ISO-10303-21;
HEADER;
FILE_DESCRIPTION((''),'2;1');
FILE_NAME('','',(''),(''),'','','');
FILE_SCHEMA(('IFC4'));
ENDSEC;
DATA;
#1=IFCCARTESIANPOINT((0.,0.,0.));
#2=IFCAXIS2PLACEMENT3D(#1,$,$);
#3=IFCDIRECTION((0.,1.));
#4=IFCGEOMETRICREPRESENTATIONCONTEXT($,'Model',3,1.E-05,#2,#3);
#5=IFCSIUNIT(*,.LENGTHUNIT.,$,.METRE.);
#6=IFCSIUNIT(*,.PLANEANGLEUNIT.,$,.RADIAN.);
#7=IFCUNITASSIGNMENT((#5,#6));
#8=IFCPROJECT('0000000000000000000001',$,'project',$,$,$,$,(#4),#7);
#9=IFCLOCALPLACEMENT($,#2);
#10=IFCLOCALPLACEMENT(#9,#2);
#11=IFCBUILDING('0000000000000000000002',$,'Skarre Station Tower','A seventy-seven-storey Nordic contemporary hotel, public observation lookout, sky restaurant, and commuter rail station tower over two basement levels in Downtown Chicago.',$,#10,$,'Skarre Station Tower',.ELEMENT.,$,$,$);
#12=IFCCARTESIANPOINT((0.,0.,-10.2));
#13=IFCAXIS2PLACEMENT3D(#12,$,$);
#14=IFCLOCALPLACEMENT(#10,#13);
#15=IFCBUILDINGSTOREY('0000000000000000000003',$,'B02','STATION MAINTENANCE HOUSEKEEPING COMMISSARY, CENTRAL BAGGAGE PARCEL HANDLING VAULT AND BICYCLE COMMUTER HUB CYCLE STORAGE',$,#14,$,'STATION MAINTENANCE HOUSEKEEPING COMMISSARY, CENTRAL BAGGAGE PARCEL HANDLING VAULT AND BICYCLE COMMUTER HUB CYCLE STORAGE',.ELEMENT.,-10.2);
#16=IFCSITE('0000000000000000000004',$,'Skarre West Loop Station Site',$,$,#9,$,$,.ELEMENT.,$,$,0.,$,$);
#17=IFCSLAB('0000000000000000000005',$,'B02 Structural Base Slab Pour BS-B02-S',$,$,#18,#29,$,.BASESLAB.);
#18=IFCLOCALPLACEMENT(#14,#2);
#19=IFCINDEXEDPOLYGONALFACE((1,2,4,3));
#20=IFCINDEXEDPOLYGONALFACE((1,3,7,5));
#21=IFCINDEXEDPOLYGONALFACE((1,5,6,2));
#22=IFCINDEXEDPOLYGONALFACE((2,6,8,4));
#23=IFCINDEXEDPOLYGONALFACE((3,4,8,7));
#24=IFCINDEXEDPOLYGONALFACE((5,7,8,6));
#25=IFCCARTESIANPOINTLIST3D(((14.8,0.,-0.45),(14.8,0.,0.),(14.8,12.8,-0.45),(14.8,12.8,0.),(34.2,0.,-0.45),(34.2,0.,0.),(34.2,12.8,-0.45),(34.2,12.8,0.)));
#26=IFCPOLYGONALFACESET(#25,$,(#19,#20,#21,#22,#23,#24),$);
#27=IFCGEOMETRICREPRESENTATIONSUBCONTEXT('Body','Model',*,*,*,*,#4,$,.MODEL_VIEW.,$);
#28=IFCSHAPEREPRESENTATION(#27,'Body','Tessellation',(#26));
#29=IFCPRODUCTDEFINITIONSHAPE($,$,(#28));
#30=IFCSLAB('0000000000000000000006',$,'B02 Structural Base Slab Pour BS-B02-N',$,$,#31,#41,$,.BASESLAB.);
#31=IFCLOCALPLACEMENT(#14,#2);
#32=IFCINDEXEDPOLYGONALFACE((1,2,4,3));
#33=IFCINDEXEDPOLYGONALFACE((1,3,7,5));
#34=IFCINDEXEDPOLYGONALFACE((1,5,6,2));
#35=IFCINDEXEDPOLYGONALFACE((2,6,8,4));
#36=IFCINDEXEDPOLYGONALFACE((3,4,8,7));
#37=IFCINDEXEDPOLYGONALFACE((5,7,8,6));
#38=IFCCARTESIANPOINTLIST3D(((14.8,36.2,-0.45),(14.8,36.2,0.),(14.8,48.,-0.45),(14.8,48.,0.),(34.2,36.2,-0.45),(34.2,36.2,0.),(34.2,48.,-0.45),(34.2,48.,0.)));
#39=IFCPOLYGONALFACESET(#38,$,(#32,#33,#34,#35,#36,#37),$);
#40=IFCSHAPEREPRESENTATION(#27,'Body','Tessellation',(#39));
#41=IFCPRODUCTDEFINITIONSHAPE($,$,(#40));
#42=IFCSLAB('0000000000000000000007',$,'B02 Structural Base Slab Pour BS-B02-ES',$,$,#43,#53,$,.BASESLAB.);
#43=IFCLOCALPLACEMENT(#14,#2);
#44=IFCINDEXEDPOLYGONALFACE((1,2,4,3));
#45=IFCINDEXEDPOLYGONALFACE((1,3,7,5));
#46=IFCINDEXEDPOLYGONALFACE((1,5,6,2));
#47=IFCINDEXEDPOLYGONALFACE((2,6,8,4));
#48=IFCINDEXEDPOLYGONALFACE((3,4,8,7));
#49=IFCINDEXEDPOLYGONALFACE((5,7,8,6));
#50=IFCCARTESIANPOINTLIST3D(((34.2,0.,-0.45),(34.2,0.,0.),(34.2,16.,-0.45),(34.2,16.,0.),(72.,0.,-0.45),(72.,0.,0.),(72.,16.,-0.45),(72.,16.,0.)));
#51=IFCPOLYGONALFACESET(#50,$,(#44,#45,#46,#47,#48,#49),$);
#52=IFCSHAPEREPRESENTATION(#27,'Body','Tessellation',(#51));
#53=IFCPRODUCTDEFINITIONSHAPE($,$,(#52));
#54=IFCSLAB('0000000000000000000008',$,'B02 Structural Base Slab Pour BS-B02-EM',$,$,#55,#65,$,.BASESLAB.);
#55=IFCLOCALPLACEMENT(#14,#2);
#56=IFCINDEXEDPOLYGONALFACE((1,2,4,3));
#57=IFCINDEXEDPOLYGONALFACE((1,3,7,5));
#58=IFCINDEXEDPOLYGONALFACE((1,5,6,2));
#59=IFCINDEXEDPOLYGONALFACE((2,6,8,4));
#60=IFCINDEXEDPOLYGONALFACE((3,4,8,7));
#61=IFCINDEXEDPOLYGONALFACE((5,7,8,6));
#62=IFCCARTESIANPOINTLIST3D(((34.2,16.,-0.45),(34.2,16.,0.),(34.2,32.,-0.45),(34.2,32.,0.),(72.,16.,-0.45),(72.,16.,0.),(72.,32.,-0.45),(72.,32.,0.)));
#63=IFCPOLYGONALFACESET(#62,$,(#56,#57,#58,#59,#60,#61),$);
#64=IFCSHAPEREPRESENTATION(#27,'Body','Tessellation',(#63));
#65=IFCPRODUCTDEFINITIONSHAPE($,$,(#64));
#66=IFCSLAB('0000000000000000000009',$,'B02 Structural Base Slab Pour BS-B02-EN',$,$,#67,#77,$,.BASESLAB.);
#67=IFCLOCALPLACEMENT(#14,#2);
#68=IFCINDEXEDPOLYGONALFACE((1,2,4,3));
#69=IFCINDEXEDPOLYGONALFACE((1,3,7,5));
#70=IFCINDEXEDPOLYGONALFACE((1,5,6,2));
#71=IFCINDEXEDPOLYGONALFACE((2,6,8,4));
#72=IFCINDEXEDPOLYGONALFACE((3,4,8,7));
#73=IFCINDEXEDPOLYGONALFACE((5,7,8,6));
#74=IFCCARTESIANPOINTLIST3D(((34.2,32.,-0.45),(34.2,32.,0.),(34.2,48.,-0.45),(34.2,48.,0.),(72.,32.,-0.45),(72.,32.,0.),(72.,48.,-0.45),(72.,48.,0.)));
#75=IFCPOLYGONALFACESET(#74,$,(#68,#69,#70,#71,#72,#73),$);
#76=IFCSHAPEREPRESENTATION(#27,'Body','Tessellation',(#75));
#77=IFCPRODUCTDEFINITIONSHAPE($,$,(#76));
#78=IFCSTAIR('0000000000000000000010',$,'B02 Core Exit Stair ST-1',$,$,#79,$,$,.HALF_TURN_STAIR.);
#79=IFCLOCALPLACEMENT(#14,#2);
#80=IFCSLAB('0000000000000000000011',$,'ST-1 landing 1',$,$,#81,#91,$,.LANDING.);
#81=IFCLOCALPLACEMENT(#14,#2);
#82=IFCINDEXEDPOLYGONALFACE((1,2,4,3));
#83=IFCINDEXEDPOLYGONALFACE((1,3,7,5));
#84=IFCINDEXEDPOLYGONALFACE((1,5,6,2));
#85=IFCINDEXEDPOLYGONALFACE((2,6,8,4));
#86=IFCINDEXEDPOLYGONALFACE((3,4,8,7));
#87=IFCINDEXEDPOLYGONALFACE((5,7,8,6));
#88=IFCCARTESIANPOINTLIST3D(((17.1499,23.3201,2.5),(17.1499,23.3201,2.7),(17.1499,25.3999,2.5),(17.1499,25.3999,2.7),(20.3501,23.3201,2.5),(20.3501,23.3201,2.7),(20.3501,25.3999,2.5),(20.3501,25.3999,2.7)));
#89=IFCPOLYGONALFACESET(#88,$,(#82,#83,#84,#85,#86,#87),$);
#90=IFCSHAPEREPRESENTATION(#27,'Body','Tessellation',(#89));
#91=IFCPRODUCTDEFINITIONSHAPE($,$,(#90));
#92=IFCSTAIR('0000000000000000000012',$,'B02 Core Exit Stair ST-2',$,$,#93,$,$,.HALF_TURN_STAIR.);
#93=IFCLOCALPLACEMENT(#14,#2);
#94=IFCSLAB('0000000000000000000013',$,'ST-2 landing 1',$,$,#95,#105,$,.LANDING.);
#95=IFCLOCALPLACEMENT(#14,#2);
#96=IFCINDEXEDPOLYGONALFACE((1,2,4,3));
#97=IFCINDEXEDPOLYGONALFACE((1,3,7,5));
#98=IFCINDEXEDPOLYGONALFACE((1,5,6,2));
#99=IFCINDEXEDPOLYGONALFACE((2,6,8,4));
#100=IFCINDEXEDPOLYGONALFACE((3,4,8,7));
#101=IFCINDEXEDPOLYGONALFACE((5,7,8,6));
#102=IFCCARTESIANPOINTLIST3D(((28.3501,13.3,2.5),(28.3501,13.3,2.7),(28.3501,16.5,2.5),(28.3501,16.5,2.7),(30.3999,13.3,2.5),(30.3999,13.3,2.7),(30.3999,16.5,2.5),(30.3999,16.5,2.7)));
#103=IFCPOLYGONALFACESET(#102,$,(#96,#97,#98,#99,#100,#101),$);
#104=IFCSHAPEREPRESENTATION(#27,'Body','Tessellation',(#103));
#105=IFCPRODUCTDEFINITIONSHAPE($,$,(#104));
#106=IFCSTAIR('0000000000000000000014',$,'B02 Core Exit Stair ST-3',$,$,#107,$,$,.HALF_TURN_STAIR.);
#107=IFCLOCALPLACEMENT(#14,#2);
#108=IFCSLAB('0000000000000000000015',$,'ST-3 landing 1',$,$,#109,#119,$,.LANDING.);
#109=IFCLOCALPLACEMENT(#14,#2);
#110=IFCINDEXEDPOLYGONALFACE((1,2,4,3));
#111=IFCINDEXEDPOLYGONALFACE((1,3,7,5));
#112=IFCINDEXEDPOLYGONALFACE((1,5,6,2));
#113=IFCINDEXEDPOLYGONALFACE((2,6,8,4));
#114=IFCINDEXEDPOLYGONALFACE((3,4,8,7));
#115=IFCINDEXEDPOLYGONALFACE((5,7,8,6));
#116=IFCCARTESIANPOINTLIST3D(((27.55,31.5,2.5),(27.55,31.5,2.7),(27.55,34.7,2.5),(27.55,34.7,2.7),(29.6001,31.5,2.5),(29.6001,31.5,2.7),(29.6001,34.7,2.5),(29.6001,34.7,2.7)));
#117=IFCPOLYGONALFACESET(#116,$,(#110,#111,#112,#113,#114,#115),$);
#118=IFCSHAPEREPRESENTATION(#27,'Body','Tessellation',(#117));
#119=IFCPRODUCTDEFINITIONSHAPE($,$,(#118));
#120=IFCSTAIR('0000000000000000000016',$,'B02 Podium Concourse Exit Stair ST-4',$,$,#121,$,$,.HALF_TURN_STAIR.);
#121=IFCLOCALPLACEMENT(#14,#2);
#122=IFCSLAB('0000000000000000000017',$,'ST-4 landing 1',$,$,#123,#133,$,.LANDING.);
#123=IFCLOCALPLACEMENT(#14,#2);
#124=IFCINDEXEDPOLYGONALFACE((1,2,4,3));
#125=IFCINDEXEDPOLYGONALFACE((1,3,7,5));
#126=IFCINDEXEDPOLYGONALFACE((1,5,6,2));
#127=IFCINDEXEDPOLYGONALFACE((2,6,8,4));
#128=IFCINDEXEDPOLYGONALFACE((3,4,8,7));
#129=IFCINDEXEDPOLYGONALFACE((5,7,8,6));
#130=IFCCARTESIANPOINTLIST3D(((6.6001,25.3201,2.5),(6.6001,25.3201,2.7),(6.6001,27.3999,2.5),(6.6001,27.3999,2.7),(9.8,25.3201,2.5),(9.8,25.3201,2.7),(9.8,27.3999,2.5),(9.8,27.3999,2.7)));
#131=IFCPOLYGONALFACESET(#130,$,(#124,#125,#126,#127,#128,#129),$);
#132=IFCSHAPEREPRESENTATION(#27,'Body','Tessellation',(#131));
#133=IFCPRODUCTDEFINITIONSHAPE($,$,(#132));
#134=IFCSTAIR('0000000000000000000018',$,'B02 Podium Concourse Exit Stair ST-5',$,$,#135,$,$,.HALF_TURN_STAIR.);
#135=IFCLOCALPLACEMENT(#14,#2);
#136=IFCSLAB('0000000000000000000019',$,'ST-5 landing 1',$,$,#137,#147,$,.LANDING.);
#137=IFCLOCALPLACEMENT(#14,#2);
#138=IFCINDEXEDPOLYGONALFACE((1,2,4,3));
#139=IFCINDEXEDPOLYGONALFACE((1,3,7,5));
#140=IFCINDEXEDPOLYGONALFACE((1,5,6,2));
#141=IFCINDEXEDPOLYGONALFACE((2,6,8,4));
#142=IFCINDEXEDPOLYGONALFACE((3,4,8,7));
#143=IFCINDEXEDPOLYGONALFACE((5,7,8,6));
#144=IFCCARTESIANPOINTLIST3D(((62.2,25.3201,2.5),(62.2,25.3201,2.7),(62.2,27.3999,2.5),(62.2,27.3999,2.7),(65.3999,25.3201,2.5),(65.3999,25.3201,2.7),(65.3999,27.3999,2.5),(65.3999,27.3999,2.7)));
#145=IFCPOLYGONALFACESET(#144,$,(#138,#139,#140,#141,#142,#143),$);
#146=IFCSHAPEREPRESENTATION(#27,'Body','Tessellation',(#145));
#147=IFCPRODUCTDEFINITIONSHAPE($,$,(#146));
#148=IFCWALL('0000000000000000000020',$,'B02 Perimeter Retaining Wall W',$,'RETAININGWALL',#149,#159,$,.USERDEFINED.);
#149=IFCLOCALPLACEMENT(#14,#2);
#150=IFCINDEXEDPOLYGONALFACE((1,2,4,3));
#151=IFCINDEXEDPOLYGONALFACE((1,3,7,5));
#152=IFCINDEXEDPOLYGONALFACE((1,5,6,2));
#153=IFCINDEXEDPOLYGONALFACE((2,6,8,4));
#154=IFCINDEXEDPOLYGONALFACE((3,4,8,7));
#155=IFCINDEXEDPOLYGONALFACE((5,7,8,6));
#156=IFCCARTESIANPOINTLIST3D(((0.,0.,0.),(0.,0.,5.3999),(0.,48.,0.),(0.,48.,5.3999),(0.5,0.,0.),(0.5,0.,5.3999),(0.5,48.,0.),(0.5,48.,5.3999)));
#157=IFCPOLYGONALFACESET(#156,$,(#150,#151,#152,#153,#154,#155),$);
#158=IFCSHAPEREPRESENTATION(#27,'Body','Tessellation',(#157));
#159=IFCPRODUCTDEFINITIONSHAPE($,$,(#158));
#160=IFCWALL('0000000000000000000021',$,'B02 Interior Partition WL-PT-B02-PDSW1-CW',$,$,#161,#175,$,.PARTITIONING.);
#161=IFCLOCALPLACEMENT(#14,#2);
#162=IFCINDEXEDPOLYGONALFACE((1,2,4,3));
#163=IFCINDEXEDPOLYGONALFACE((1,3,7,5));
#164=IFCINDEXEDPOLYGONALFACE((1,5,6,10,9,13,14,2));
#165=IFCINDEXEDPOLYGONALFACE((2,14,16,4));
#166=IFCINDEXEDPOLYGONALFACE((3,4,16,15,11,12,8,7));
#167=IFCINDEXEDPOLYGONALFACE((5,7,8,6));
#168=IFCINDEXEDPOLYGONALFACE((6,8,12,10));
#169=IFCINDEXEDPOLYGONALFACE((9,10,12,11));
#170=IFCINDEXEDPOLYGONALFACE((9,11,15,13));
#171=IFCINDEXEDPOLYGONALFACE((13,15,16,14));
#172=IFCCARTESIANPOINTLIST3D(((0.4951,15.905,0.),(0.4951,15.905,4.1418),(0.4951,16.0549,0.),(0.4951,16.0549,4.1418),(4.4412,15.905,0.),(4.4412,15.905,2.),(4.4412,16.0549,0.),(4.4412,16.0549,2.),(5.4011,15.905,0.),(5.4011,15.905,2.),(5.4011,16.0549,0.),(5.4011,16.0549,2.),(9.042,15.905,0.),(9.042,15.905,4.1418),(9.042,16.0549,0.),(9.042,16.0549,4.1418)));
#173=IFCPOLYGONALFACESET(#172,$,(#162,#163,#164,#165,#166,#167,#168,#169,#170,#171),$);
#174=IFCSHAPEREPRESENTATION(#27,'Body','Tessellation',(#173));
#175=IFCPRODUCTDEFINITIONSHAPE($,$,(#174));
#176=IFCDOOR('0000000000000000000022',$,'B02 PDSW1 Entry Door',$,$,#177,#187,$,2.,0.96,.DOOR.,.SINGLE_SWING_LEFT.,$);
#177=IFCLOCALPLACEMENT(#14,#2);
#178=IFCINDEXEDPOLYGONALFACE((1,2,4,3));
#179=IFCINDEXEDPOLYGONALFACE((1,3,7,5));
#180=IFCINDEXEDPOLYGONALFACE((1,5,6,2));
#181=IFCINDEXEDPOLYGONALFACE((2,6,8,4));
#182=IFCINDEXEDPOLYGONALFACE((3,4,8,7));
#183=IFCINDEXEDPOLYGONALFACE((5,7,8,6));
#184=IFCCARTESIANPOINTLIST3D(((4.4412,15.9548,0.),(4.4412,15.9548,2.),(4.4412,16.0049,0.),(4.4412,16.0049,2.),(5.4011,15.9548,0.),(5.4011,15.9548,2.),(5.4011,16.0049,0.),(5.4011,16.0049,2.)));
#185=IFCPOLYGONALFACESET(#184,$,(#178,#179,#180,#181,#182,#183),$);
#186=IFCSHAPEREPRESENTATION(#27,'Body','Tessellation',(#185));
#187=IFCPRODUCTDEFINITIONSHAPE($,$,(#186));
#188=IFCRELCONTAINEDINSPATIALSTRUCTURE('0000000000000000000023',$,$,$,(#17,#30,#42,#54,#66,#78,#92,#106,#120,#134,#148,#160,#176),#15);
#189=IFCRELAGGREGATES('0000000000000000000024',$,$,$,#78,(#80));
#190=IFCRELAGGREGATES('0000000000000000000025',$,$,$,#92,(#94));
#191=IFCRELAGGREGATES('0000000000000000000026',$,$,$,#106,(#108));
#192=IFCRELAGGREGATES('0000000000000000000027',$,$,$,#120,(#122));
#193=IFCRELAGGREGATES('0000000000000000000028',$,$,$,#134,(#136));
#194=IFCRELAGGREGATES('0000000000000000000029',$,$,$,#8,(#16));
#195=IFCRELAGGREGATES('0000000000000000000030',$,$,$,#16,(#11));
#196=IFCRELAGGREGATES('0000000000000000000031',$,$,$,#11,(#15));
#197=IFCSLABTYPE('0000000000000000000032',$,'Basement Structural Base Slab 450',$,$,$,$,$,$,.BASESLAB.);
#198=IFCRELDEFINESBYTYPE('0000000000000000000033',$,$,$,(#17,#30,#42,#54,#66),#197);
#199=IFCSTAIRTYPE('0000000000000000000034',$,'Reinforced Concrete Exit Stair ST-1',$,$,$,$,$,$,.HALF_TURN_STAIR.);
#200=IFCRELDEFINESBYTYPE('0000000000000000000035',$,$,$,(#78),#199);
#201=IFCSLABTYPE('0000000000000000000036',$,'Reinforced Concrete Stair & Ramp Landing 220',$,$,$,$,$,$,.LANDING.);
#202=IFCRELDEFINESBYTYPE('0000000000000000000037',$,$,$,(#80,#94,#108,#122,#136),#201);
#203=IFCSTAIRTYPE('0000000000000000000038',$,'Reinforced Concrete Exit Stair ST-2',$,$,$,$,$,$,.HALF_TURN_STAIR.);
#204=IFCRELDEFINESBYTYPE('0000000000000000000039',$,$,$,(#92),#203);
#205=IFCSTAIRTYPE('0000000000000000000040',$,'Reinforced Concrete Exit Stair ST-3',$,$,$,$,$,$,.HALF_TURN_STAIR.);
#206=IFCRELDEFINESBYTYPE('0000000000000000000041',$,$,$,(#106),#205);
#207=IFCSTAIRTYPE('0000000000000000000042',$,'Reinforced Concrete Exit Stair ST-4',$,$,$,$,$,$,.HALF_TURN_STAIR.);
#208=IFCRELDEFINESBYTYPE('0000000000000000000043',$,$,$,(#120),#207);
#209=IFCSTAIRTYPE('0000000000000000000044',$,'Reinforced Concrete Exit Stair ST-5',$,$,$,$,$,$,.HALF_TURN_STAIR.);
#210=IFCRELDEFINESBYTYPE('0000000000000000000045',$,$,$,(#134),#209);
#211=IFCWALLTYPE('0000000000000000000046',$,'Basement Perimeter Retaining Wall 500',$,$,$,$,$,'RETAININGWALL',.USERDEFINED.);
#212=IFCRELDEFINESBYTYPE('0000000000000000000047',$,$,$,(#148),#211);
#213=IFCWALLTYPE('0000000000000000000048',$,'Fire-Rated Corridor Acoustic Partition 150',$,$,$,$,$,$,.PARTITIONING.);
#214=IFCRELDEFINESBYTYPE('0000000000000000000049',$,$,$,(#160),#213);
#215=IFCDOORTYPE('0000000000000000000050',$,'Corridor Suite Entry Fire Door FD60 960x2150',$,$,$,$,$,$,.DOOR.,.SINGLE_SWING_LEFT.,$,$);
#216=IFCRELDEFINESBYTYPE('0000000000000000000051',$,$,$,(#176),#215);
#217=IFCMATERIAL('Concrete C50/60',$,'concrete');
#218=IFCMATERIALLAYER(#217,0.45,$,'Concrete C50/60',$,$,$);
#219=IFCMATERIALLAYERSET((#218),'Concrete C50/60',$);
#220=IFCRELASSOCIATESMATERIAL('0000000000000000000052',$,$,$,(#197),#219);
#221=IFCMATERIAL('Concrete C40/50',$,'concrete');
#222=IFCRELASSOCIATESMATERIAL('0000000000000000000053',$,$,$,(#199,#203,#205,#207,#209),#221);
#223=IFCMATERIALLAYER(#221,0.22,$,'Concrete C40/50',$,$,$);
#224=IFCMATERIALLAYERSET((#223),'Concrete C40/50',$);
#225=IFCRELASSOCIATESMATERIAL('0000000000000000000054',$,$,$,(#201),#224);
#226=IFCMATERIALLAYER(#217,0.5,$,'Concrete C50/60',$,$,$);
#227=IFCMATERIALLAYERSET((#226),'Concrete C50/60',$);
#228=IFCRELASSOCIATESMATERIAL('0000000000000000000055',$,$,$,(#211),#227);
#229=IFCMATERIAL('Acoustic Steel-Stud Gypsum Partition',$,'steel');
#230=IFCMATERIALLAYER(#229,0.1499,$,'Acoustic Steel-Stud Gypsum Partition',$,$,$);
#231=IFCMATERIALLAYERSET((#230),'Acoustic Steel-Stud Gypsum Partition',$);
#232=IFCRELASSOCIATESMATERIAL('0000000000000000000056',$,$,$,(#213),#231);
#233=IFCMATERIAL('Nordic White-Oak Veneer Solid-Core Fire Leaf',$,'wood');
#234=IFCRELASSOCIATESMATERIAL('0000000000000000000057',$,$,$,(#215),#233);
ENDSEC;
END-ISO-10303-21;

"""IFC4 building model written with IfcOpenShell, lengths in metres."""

from ifc_helpers import new_model, si_unit, direction, frame, frame_2d, origin, place, context, subcontext, project, spatial, polyline, rectangle, outline, extrude, material, layer, layer_set, type_object, element, fill, aggregate, save


model = new_model("IFC4")

# Units and contexts
model_context = context("Model", 3, precision=1e-05, world=origin(), true_north=direction((0.0, 1.0)))
body_context = subcontext(model_context, "Body", "Model", "MODEL_VIEW")
ifc_project = project(units=[si_unit("LENGTHUNIT", "METRE"), si_unit("PLANEANGLEUNIT", "RADIAN")], contexts=[model_context])

# Site, building, storey
site_placement = place(None, origin())
site = spatial("IfcSite", under=ifc_project, at=site_placement, Name="Skarre West Loop Station Site", CompositionType="ELEMENT", RefElevation=0.0)
building_placement = place(site_placement, origin())
building = spatial("IfcBuilding", under=site, at=building_placement, Name="Skarre Station Tower", Description="A seventy-seven-storey Nordic contemporary hotel, public observation lookout, sky restaurant, and commuter rail station tower over two basement levels in Downtown Chicago.", LongName="Skarre Station Tower", CompositionType="ELEMENT")
storey_placement = place(building_placement, frame((0.0, 0.0, -10.2)))
storey = spatial("IfcBuildingStorey", under=building, at=storey_placement, Name="B02", Description="STATION MAINTENANCE HOUSEKEEPING COMMISSARY, CENTRAL BAGGAGE PARCEL HANDLING VAULT AND BICYCLE COMMUTER HUB CYCLE STORAGE", LongName="STATION MAINTENANCE HOUSEKEEPING COMMISSARY, CENTRAL BAGGAGE PARCEL HANDLING VAULT AND BICYCLE COMMUTER HUB CYCLE STORAGE", CompositionType="ELEMENT", Elevation=-10.2)

# Shared definitions
ifc_material_1 = material(Name="Concrete C50/60", Category="concrete")

# Slabs
ifc_layer_1 = layer(ifc_material_1, 0.45, Name="Concrete C50/60")
ifc_layer_set_1 = layer_set([ifc_layer_1], Name="Concrete C50/60")
slab_type_1 = type_object("IfcSlabType", Name="Basement Structural Base Slab 450", PredefinedType="BASESLAB", material=ifc_layer_set_1)
slab_1_placement = place(storey_placement, frame((0.0, 0.0, -0.45)))
element("IfcSlab", 1, at=slab_1_placement, inside=storey, type_object=slab_type_1, Name="B02 Structural Base Slab Pour BS-B02-S", PredefinedType="BASESLAB", context=body_context, shape_type="SweptSolid", body=[
    extrude(outline(polyline([(14.8, 0.0), (34.2, 0.0), (34.2, 12.8), (14.8, 12.8), (14.8, 0.0)])), origin(), (0.0, 0.0, 1.0), 0.45),
])
slab_2_placement = place(storey_placement, frame((0.0, 0.0, -0.45)))
element("IfcSlab", 2, at=slab_2_placement, inside=storey, type_object=slab_type_1, Name="B02 Structural Base Slab Pour BS-B02-N", PredefinedType="BASESLAB", context=body_context, shape_type="SweptSolid", body=[
    extrude(outline(polyline([(14.8, 36.2), (34.2, 36.2), (34.2, 48.0), (14.8, 48.0), (14.8, 36.2)])), origin(), (0.0, 0.0, 1.0), 0.45),
])
slab_3_placement = place(storey_placement, frame((0.0, 0.0, -0.45)))
element("IfcSlab", 3, at=slab_3_placement, inside=storey, type_object=slab_type_1, Name="B02 Structural Base Slab Pour BS-B02-ES", PredefinedType="BASESLAB", context=body_context, shape_type="SweptSolid", body=[
    extrude(outline(polyline([(34.2, 0.0), (72.0, 0.0), (72.0, 16.0), (34.2, 16.0), (34.2, 0.0)])), origin(), (0.0, 0.0, 1.0), 0.45),
])
slab_4_placement = place(storey_placement, frame((0.0, 0.0, -0.45)))
element("IfcSlab", 4, at=slab_4_placement, inside=storey, type_object=slab_type_1, Name="B02 Structural Base Slab Pour BS-B02-EM", PredefinedType="BASESLAB", context=body_context, shape_type="SweptSolid", body=[
    extrude(outline(polyline([(34.2, 16.0), (72.0, 16.0), (72.0, 32.0), (34.2, 32.0), (34.2, 16.0)])), origin(), (0.0, 0.0, 1.0), 0.45),
])
slab_5_placement = place(storey_placement, frame((0.0, 0.0, -0.45)))
element("IfcSlab", 5, at=slab_5_placement, inside=storey, type_object=slab_type_1, Name="B02 Structural Base Slab Pour BS-B02-EN", PredefinedType="BASESLAB", context=body_context, shape_type="SweptSolid", body=[
    extrude(outline(polyline([(34.2, 32.0), (72.0, 32.0), (72.0, 48.0), (34.2, 48.0), (34.2, 32.0)])), origin(), (0.0, 0.0, 1.0), 0.45),
])

# Stairs, slabs
ifc_material_2 = material(Name="Concrete C40/50", Category="concrete")
stair_type_1 = type_object("IfcStairType", Name="Reinforced Concrete Exit Stair ST-1", PredefinedType="HALF_TURN_STAIR", material=ifc_material_2)
stair_1_placement = place(storey_placement, origin())
stair_1 = element("IfcStair", 6, at=stair_1_placement, inside=storey, type_object=stair_type_1, Name="B02 Core Exit Stair ST-1", PredefinedType="HALF_TURN_STAIR")
ifc_layer_2 = layer(ifc_material_2, 0.22, Name="Concrete C40/50")
ifc_layer_set_2 = layer_set([ifc_layer_2], Name="Concrete C40/50")
slab_type_2 = type_object("IfcSlabType", Name="Reinforced Concrete Stair & Ramp Landing 220", PredefinedType="LANDING", material=ifc_layer_set_2)
slab_6_placement = place(storey_placement, frame((0.0, 0.0, 2.5)))
slab_6 = element("IfcSlab", 7, at=slab_6_placement, type_object=slab_type_2, Name="ST-1 landing 1", PredefinedType="LANDING", context=body_context, shape_type="SweptSolid", body=[
    extrude(outline(polyline([(20.3501, 23.3201), (20.3501, 25.3999), (17.1499, 25.3999), (17.1499, 23.3201), (20.3501, 23.3201)])), origin(), (0.0, 0.0, 1.0), 0.2),
])
aggregate(stair_1, [slab_6])
stair_type_2 = type_object("IfcStairType", Name="Reinforced Concrete Exit Stair ST-2", PredefinedType="HALF_TURN_STAIR", material=ifc_material_2)
stair_2_placement = place(storey_placement, origin())
stair_2 = element("IfcStair", 8, at=stair_2_placement, inside=storey, type_object=stair_type_2, Name="B02 Core Exit Stair ST-2", PredefinedType="HALF_TURN_STAIR")
slab_7_placement = place(storey_placement, frame((0.0, 0.0, 2.5)))
slab_7 = element("IfcSlab", 9, at=slab_7_placement, type_object=slab_type_2, Name="ST-2 landing 1", PredefinedType="LANDING", context=body_context, shape_type="SweptSolid", body=[
    extrude(outline(polyline([(28.3501, 13.3), (30.3999, 13.3), (30.3999, 16.5), (28.3501, 16.5), (28.3501, 13.3)])), origin(), (0.0, 0.0, 1.0), 0.2),
])
aggregate(stair_2, [slab_7])
stair_type_3 = type_object("IfcStairType", Name="Reinforced Concrete Exit Stair ST-3", PredefinedType="HALF_TURN_STAIR", material=ifc_material_2)
stair_3_placement = place(storey_placement, origin())
stair_3 = element("IfcStair", 10, at=stair_3_placement, inside=storey, type_object=stair_type_3, Name="B02 Core Exit Stair ST-3", PredefinedType="HALF_TURN_STAIR")
slab_8_placement = place(storey_placement, frame((0.0, 0.0, 2.5)))
slab_8 = element("IfcSlab", 11, at=slab_8_placement, type_object=slab_type_2, Name="ST-3 landing 1", PredefinedType="LANDING", context=body_context, shape_type="SweptSolid", body=[
    extrude(outline(polyline([(27.55, 31.5), (29.6001, 31.5), (29.6001, 34.7), (27.55, 34.7), (27.55, 31.5)])), origin(), (0.0, 0.0, 1.0), 0.2),
])
aggregate(stair_3, [slab_8])
stair_type_4 = type_object("IfcStairType", Name="Reinforced Concrete Exit Stair ST-4", PredefinedType="HALF_TURN_STAIR", material=ifc_material_2)
stair_4_placement = place(storey_placement, origin())
stair_4 = element("IfcStair", 12, at=stair_4_placement, inside=storey, type_object=stair_type_4, Name="B02 Podium Concourse Exit Stair ST-4", PredefinedType="HALF_TURN_STAIR")
slab_9_placement = place(storey_placement, frame((0.0, 0.0, 2.5)))
slab_9 = element("IfcSlab", 13, at=slab_9_placement, type_object=slab_type_2, Name="ST-4 landing 1", PredefinedType="LANDING", context=body_context, shape_type="SweptSolid", body=[
    extrude(outline(polyline([(9.8, 25.3201), (9.8, 27.3999), (6.6001, 27.3999), (6.6001, 25.3201), (9.8, 25.3201)])), origin(), (0.0, 0.0, 1.0), 0.2),
])
aggregate(stair_4, [slab_9])
stair_type_5 = type_object("IfcStairType", Name="Reinforced Concrete Exit Stair ST-5", PredefinedType="HALF_TURN_STAIR", material=ifc_material_2)
stair_5_placement = place(storey_placement, origin())
stair_5 = element("IfcStair", 14, at=stair_5_placement, inside=storey, type_object=stair_type_5, Name="B02 Podium Concourse Exit Stair ST-5", PredefinedType="HALF_TURN_STAIR")
slab_10_placement = place(storey_placement, frame((0.0, 0.0, 2.5)))
slab_10 = element("IfcSlab", 15, at=slab_10_placement, type_object=slab_type_2, Name="ST-5 landing 1", PredefinedType="LANDING", context=body_context, shape_type="SweptSolid", body=[
    extrude(outline(polyline([(65.3999, 25.3201), (65.3999, 27.3999), (62.2, 27.3999), (62.2, 25.3201), (65.3999, 25.3201)])), origin(), (0.0, 0.0, 1.0), 0.2),
])
aggregate(stair_5, [slab_10])

# Wall
ifc_layer_3 = layer(ifc_material_1, 0.5, Name="Concrete C50/60")
ifc_layer_set_3 = layer_set([ifc_layer_3], Name="Concrete C50/60")
wall_type_1 = type_object("IfcWallType", Name="Basement Perimeter Retaining Wall 500", ElementType="RETAININGWALL", PredefinedType="USERDEFINED", material=ifc_layer_set_3)
wall_1_placement = place(storey_placement, frame((0.25, 0.0, 0.0), z_axis=(0.0, 0.0, 1.0), x_axis=(0.0, 1.0, 0.0)))
element("IfcWall", 16, at=wall_1_placement, inside=storey, type_object=wall_type_1, Name="B02 Perimeter Retaining Wall W", ObjectType="RETAININGWALL", PredefinedType="USERDEFINED", context=body_context, shape_type="SweptSolid", body=[
    extrude(rectangle(XDim=48.0, YDim=0.5, at=frame_2d((24.0, 0.0))), origin(), (0.0, 0.0, 1.0), 5.3999),
])

# Wall, opening, door
ifc_material_3 = material(Name="Acoustic Steel-Stud Gypsum Partition", Category="steel")
ifc_layer_4 = layer(ifc_material_3, 0.1499, Name="Acoustic Steel-Stud Gypsum Partition")
ifc_layer_set_4 = layer_set([ifc_layer_4], Name="Acoustic Steel-Stud Gypsum Partition")
wall_type_2 = type_object("IfcWallType", Name="Fire-Rated Corridor Acoustic Partition 150", PredefinedType="PARTITIONING", material=ifc_layer_set_4)
wall_2_placement = place(storey_placement, frame((0.4951, 15.98, 0.0), z_axis=(0.0, 0.0, 1.0), x_axis=(1.0, 0.0, 0.0)))
wall_2 = element("IfcWall", 17, at=wall_2_placement, inside=storey, type_object=wall_type_2, Name="B02 Interior Partition WL-PT-B02-PDSW1-CW", PredefinedType="PARTITIONING", context=body_context, shape_type="SweptSolid", body=[
    extrude(rectangle(XDim=8.5469, YDim=0.1499, at=frame_2d((4.2734, 0.0))), origin(), (0.0, 0.0, 1.0), 4.1418),
])
opening_placement = place(wall_2_placement, frame((3.946, 0.0, 0.0)))
opening = element("IfcOpeningElement", 18, at=opening_placement, cuts=wall_2, PredefinedType="OPENING", context=body_context, shape_type="SweptSolid", body=[
    extrude(rectangle(XDim=0.96, YDim=2.0, at=frame_2d((0.48, 1.0))), frame((0.0, 0.085, 0.0), z_axis=(0.0, -1.0, 0.0), x_axis=(1.0, 0.0, 0.0)), (0.0, 0.0, 1.0), 0.1699),
])
ifc_material_4 = material(Name="Nordic White-Oak Veneer Solid-Core Fire Leaf", Category="wood")
door_type = type_object("IfcDoorType", Name="Corridor Suite Entry Fire Door FD60 960x2150", OperationType="SINGLE_SWING_LEFT", PredefinedType="DOOR", material=ifc_material_4)
door_placement = place(opening_placement, origin())
door = element("IfcDoor", 19, at=door_placement, inside=storey, type_object=door_type, Name="B02 PDSW1 Entry Door", OperationType="SINGLE_SWING_LEFT", OverallHeight=2.0, OverallWidth=0.96, PredefinedType="DOOR", context=body_context, shape_type="SweptSolid", body=[
    extrude(rectangle(XDim=0.96, YDim=2.0, at=frame_2d((0.48, 1.0))), frame((0.0, 0.0249, 0.0), z_axis=(0.0, -1.0, 0.0), x_axis=(1.0, 0.0, 0.0)), (0.0, 0.0, 1.0), 0.05),
])
fill(opening, door)

save(model, "model.ifc")
